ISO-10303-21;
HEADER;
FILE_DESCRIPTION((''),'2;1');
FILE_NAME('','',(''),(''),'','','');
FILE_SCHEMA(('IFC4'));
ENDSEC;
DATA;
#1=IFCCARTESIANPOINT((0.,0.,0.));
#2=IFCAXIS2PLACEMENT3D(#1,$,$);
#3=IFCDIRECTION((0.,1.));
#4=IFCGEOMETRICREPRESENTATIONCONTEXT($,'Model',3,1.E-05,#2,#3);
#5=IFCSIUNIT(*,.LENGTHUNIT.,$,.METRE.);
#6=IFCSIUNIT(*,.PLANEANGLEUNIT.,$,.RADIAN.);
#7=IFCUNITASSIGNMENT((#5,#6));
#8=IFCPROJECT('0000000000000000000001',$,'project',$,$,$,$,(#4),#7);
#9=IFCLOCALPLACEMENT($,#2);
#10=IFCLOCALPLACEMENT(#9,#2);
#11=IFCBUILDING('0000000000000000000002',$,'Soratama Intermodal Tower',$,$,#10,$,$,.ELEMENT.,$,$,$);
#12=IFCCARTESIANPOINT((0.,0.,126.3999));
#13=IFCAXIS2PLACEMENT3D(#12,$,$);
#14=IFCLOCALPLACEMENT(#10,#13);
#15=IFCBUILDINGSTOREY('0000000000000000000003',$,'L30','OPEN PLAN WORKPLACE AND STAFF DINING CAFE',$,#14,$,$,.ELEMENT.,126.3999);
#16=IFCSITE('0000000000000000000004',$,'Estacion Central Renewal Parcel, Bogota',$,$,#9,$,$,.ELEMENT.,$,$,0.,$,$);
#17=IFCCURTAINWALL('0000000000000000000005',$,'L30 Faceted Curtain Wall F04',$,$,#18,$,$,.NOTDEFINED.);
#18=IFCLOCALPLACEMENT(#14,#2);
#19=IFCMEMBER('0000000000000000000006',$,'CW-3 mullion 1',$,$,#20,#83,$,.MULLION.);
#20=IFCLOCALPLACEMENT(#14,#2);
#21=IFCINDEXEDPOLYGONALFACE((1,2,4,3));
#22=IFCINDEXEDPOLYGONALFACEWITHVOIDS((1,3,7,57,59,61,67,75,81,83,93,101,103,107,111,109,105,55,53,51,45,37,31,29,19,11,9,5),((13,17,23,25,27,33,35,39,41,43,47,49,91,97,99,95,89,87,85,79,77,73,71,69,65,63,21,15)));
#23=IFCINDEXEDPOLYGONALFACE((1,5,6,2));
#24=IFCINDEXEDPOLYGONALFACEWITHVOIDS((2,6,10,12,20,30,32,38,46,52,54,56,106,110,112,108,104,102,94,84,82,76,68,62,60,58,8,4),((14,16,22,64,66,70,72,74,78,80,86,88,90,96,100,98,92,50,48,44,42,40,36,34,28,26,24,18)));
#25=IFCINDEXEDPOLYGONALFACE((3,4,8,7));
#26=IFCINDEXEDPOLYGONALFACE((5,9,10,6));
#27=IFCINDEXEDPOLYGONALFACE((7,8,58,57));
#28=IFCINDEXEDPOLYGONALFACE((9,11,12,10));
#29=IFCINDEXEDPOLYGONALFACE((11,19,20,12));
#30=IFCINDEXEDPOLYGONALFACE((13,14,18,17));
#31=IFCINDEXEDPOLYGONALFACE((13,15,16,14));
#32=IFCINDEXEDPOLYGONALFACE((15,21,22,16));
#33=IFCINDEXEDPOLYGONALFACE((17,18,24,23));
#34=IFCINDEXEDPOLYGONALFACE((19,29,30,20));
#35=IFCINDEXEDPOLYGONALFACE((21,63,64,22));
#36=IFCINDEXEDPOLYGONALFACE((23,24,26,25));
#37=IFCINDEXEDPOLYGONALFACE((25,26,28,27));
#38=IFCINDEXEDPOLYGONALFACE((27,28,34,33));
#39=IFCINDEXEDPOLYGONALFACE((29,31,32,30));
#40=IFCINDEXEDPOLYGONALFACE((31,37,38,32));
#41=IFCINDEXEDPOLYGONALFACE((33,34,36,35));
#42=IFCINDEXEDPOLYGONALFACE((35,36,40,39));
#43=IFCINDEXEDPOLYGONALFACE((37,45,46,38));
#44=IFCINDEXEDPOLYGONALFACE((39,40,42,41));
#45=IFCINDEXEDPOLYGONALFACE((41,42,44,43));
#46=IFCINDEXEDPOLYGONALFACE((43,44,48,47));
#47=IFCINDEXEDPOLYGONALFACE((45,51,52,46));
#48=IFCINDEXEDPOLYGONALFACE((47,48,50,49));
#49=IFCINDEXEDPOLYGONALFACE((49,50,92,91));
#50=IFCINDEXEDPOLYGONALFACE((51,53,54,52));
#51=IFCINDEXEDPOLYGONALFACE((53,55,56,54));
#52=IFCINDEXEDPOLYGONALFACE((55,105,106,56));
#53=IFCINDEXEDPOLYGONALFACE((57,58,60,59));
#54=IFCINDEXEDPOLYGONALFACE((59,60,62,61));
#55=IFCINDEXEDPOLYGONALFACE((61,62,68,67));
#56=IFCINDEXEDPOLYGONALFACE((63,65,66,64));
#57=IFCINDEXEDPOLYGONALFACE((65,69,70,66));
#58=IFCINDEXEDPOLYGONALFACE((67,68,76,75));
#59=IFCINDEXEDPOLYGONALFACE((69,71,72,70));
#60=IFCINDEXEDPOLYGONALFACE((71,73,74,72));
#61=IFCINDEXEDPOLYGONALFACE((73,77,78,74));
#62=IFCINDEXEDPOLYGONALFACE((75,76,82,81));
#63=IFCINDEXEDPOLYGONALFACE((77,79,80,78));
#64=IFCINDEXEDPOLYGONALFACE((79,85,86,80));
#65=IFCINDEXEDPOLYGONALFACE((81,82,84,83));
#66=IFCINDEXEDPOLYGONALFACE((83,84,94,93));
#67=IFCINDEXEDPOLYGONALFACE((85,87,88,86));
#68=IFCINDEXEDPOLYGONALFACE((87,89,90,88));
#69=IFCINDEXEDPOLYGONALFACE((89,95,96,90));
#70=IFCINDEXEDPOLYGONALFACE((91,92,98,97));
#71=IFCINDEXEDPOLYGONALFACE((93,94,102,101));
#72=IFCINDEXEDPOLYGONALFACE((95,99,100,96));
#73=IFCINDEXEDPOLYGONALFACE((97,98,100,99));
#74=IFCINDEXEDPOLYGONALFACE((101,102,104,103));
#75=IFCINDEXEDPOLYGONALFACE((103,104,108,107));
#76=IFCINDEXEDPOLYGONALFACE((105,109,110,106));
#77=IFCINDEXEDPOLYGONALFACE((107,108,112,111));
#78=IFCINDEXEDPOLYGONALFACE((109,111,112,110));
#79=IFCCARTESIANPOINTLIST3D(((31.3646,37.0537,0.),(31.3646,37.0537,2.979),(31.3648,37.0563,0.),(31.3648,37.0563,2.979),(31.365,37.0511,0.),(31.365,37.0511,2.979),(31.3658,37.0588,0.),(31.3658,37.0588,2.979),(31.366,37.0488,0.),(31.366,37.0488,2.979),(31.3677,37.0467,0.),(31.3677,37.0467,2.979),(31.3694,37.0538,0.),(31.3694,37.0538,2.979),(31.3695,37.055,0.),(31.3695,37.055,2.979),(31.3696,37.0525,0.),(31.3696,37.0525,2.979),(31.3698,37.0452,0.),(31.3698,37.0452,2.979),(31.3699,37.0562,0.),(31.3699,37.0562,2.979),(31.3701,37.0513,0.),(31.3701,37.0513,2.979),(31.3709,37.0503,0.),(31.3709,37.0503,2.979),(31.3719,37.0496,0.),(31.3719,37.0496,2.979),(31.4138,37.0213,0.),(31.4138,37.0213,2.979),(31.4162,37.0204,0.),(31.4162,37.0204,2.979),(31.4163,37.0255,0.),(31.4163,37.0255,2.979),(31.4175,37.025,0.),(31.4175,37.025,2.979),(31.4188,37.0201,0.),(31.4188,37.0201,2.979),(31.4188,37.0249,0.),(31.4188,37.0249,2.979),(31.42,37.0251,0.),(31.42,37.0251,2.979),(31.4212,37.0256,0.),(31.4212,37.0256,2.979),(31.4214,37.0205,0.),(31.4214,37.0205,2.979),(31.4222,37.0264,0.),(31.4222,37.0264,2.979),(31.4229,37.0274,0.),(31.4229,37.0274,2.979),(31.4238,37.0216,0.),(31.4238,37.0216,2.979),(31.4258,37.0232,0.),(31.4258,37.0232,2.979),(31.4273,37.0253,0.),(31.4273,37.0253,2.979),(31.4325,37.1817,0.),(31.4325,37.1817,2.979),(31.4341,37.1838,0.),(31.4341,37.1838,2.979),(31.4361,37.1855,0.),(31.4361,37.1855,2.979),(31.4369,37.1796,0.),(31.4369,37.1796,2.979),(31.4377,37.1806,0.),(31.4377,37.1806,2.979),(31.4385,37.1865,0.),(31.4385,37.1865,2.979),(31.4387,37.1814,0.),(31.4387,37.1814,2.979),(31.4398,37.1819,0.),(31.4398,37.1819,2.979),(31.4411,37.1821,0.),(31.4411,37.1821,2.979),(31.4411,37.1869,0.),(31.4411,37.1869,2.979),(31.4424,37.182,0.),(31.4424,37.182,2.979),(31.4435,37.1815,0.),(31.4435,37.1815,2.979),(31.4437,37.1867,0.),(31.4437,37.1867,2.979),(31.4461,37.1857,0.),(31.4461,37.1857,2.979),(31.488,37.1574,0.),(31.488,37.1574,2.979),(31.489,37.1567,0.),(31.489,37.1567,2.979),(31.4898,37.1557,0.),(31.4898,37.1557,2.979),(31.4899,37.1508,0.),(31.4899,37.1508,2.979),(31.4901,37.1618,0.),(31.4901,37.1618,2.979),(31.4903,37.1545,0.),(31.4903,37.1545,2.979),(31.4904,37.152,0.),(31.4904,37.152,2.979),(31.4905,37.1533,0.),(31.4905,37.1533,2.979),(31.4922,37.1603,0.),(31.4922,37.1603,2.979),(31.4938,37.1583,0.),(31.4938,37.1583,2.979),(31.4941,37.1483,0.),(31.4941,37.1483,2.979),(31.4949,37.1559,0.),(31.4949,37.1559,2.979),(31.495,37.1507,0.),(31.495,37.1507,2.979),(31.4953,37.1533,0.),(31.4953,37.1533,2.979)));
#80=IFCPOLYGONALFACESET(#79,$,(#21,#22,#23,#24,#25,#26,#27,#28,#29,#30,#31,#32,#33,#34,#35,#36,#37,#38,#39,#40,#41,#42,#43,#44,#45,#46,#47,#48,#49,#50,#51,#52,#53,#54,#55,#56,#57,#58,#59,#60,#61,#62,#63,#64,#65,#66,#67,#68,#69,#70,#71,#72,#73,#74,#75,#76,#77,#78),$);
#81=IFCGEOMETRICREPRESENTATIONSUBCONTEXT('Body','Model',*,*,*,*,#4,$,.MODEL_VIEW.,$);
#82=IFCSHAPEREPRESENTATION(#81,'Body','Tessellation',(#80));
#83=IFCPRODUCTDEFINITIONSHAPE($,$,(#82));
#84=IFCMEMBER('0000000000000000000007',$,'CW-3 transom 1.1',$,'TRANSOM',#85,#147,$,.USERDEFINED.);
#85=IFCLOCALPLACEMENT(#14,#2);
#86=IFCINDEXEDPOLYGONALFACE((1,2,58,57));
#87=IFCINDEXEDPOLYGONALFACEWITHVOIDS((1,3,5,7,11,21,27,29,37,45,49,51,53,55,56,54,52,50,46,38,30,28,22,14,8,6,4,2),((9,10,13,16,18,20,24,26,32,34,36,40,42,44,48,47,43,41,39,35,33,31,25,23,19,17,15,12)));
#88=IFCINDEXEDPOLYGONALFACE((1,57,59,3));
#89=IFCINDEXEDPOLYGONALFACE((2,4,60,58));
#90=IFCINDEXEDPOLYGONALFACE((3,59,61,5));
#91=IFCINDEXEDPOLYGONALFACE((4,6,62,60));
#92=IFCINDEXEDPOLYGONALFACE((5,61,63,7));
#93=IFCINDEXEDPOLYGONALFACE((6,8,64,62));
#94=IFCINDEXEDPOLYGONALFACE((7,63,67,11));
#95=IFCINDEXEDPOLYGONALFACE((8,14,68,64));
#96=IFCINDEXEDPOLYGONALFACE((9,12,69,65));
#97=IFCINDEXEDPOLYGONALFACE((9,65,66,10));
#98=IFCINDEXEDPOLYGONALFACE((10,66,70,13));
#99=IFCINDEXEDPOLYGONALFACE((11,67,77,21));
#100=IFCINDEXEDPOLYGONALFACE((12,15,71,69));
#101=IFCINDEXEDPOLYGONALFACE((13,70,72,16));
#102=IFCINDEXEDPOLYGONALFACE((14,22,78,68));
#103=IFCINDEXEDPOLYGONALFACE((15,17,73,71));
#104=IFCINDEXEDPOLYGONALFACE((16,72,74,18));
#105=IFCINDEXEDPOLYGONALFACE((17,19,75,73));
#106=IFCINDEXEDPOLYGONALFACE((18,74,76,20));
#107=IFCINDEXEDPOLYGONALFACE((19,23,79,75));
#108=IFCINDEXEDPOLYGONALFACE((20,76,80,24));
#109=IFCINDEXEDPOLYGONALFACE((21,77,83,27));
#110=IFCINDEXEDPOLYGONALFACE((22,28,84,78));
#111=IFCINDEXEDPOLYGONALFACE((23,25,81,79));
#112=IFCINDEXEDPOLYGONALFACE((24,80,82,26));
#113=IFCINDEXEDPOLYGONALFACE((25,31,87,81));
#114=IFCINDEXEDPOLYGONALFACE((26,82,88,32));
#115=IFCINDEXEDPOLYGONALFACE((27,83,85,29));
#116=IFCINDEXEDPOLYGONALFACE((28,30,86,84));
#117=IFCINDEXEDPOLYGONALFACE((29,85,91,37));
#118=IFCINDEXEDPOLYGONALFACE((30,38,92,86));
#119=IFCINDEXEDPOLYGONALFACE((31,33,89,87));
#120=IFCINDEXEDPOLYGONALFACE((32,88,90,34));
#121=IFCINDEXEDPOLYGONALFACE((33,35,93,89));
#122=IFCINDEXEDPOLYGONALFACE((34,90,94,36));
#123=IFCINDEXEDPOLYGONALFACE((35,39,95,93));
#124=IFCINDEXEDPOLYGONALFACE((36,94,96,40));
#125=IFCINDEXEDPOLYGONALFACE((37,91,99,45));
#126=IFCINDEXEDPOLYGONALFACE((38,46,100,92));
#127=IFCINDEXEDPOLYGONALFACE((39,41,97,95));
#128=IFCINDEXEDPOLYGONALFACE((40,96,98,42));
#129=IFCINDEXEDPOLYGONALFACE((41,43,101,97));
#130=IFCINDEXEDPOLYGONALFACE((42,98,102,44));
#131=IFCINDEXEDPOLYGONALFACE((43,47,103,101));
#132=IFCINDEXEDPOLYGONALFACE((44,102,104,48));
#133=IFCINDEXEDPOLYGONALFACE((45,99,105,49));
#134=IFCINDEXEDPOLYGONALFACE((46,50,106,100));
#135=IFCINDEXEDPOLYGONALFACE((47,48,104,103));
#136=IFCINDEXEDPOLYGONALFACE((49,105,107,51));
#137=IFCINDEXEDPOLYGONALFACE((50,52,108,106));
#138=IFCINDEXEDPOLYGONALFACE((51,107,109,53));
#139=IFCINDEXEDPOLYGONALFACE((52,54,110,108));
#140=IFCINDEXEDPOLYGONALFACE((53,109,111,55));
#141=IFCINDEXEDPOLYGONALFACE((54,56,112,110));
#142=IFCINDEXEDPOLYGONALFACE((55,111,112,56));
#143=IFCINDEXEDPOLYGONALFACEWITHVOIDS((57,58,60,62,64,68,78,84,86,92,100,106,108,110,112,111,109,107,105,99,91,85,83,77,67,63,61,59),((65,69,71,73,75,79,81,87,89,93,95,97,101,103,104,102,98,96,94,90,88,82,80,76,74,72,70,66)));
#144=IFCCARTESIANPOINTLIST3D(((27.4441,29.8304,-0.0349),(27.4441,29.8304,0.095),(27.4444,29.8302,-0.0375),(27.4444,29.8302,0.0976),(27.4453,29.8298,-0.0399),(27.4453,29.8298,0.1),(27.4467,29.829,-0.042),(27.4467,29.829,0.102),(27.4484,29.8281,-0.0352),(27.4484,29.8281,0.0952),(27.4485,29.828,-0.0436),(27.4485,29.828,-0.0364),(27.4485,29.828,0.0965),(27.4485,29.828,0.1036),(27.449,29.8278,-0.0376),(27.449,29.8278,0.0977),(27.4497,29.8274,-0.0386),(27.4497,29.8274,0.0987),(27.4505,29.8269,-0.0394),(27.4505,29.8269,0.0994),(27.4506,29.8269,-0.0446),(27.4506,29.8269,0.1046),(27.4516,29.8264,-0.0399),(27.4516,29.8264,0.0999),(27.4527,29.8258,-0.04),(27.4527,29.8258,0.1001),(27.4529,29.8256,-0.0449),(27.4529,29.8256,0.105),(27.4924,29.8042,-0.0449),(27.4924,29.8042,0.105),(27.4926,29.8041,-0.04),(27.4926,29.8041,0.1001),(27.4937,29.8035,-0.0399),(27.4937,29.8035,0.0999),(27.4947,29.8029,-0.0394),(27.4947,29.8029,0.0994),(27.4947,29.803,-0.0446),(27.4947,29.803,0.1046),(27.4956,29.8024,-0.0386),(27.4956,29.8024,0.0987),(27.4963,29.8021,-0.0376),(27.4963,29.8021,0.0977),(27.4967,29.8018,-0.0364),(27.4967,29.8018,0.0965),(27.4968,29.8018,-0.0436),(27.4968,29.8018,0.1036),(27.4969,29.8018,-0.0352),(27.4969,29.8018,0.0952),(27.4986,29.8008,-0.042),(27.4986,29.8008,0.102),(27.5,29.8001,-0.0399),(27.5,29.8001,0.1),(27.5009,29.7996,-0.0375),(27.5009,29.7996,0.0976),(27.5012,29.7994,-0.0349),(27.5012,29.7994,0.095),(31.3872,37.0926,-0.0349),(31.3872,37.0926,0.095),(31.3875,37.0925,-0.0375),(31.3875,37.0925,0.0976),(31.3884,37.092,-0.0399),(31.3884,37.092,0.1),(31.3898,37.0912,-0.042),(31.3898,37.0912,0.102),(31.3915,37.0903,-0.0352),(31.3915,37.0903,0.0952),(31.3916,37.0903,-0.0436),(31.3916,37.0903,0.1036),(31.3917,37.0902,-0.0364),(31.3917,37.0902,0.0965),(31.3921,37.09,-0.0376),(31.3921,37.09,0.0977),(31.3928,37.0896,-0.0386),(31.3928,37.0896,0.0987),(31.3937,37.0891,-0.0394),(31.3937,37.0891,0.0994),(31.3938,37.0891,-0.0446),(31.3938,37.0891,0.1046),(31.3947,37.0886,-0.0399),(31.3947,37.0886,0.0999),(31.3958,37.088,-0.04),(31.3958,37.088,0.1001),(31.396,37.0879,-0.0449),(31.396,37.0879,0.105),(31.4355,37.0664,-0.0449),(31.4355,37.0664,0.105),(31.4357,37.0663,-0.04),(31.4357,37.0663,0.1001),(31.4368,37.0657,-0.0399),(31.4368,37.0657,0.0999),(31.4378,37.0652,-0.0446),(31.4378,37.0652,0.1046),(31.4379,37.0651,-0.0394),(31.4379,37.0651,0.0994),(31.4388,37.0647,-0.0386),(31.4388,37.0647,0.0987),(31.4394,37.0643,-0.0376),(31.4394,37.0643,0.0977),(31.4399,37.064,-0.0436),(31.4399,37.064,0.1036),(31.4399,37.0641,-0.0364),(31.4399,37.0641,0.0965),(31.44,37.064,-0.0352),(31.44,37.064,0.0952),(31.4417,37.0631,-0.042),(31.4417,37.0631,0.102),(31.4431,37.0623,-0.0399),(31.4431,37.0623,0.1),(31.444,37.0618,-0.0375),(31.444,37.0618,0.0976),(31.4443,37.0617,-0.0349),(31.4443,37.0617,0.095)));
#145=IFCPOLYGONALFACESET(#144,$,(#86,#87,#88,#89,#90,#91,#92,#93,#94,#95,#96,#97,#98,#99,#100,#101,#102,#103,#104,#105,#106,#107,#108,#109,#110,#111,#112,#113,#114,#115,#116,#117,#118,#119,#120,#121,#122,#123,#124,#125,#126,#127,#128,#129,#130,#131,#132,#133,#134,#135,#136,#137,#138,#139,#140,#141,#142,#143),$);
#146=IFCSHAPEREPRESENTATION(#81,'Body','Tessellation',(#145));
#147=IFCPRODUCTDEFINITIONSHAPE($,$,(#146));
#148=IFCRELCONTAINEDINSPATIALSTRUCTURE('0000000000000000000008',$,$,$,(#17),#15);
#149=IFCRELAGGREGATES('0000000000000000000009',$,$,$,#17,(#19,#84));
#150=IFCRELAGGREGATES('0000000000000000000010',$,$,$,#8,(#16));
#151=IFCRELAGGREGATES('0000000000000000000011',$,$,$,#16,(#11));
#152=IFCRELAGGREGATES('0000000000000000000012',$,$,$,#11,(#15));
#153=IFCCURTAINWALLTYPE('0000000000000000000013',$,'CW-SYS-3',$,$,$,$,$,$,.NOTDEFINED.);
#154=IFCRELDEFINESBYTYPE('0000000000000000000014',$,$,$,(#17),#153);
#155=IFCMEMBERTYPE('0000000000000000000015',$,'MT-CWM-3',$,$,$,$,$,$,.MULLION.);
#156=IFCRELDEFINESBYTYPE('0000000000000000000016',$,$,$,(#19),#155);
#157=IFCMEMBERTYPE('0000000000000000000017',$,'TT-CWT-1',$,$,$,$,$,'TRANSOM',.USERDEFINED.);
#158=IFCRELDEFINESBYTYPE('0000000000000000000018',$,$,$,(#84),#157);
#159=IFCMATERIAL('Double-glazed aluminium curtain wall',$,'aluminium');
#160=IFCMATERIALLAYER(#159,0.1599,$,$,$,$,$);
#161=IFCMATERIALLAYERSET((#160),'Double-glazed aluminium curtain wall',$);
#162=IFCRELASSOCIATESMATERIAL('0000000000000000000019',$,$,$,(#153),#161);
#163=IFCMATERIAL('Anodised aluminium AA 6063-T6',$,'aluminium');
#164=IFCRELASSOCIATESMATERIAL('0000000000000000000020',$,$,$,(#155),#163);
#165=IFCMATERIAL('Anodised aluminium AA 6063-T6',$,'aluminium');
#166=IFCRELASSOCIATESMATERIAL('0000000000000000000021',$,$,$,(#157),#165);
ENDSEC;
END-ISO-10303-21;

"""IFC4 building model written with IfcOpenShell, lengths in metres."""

from ifc_helpers import new_model, si_unit, direction, frame, origin, origin_2d, place, context, subcontext, project, spatial, hollow_rectangle, extrude, material, layer, layer_set, material_profile, profile_set, type_object, element, aggregate, save


model = new_model("IFC4")

# Units and contexts
model_context = context("Model", 3, precision=1e-05, world=origin(), true_north=direction((0.0, 1.0)))
body_context = subcontext(model_context, "Body", "Model", "MODEL_VIEW")
ifc_project = project(units=[si_unit("LENGTHUNIT", "METRE"), si_unit("PLANEANGLEUNIT", "RADIAN")], contexts=[model_context])

# Site, building, storey
site_placement = place(None, origin())
site = spatial("IfcSite", under=ifc_project, at=site_placement, Name="Estacion Central Renewal Parcel, Bogota", CompositionType="ELEMENT", RefElevation=0.0)
building_placement = place(site_placement, origin())
building = spatial("IfcBuilding", under=site, at=building_placement, Name="Soratama Intermodal Tower", CompositionType="ELEMENT")
storey_placement = place(building_placement, frame((0.0, 0.0, 126.3999)))
storey = spatial("IfcBuildingStorey", under=building, at=storey_placement, Name="L30", Description="OPEN PLAN WORKPLACE AND STAFF DINING CAFE", CompositionType="ELEMENT", Elevation=126.3999)

# Shared definitions
ifc_material_1 = material(Name="Double-glazed aluminium curtain wall", Category="aluminium")
ifc_layer_1 = layer(ifc_material_1, 0.1599)
ifc_layer_set_1 = layer_set([ifc_layer_1], Name="Double-glazed aluminium curtain wall")
curtain_wall_type = type_object("IfcCurtainWallType", Name="CW-SYS-3", PredefinedType="NOTDEFINED", material=ifc_layer_set_1)
ifc_material_2 = material(Name="Anodised aluminium AA 6063-T6", Category="aluminium")
ifc_material_profile_1 = material_profile(ifc_material_2, hollow_rectangle(XDim=0.0701, YDim=0.1599, WallThickness=0.0049, InnerFilletRadius=0.0049, OuterFilletRadius=0.01, at=origin_2d()), Name="CWM160X70X5")
ifc_profile_set_1 = profile_set([ifc_material_profile_1], Name="Anodised aluminium AA 6063-T6")
member_type_1 = type_object("IfcMemberType", Name="MT-CWM-3", PredefinedType="MULLION", material=ifc_profile_set_1)

# Curtain wall, members
curtain_wall_1_placement = place(storey_placement, origin())
curtain_wall_1 = element("IfcCurtainWall", 1, at=curtain_wall_1_placement, inside=storey, type_object=curtain_wall_type, Name="L30 Faceted Curtain Wall F04", PredefinedType="NOTDEFINED")
member_1_placement = place(storey_placement, frame((31.4299, 37.1035, 0.0), z_axis=(0.0, 0.0, 1.0), x_axis=(0.878816, -0.477161, 0.0)))
member_1 = element("IfcMember", 2, at=member_1_placement, type_object=member_type_1, Name="CW-3 mullion 1", PredefinedType="MULLION", context=body_context, shape_type="SweptSolid", body=[
    extrude(hollow_rectangle(XDim=0.0701, YDim=0.1599, WallThickness=0.0049, InnerFilletRadius=0.0049, OuterFilletRadius=0.01, at=origin_2d()), origin(), (0.0, 0.0, 1.0), 2.979),
])
ifc_material_3 = material(Name="Anodised aluminium AA 6063-T6", Category="aluminium")
ifc_material_profile_2 = material_profile(ifc_material_3, hollow_rectangle(XDim=0.0649, YDim=0.1499, WallThickness=0.0049, InnerFilletRadius=0.0049, OuterFilletRadius=0.01, at=origin_2d()), Name="CWT150X65X5")
ifc_profile_set_2 = profile_set([ifc_material_profile_2], Name="Anodised aluminium AA 6063-T6")
member_type_2 = type_object("IfcMemberType", Name="TT-CWT-1", ElementType="TRANSOM", PredefinedType="USERDEFINED", material=ifc_profile_set_2)
member_2_placement = place(storey_placement, frame((31.4158, 37.0771, 0.03), z_axis=(-0.477164, -0.878814, 0.0), x_axis=(0.878814, -0.477164, 0.0)))
member_2 = element("IfcMember", 3, at=member_2_placement, type_object=member_type_2, Name="CW-3 transom 1.1", ObjectType="TRANSOM", PredefinedType="USERDEFINED", context=body_context, shape_type="SweptSolid", body=[
    extrude(hollow_rectangle(XDim=0.0649, YDim=0.1499, WallThickness=0.0049, InnerFilletRadius=0.0049, OuterFilletRadius=0.01, at=origin_2d()), origin(), (0.0, 0.0, 1.0), 8.2637),
])
aggregate(curtain_wall_1, [member_1, member_2])

save(model, "model.ifc")
